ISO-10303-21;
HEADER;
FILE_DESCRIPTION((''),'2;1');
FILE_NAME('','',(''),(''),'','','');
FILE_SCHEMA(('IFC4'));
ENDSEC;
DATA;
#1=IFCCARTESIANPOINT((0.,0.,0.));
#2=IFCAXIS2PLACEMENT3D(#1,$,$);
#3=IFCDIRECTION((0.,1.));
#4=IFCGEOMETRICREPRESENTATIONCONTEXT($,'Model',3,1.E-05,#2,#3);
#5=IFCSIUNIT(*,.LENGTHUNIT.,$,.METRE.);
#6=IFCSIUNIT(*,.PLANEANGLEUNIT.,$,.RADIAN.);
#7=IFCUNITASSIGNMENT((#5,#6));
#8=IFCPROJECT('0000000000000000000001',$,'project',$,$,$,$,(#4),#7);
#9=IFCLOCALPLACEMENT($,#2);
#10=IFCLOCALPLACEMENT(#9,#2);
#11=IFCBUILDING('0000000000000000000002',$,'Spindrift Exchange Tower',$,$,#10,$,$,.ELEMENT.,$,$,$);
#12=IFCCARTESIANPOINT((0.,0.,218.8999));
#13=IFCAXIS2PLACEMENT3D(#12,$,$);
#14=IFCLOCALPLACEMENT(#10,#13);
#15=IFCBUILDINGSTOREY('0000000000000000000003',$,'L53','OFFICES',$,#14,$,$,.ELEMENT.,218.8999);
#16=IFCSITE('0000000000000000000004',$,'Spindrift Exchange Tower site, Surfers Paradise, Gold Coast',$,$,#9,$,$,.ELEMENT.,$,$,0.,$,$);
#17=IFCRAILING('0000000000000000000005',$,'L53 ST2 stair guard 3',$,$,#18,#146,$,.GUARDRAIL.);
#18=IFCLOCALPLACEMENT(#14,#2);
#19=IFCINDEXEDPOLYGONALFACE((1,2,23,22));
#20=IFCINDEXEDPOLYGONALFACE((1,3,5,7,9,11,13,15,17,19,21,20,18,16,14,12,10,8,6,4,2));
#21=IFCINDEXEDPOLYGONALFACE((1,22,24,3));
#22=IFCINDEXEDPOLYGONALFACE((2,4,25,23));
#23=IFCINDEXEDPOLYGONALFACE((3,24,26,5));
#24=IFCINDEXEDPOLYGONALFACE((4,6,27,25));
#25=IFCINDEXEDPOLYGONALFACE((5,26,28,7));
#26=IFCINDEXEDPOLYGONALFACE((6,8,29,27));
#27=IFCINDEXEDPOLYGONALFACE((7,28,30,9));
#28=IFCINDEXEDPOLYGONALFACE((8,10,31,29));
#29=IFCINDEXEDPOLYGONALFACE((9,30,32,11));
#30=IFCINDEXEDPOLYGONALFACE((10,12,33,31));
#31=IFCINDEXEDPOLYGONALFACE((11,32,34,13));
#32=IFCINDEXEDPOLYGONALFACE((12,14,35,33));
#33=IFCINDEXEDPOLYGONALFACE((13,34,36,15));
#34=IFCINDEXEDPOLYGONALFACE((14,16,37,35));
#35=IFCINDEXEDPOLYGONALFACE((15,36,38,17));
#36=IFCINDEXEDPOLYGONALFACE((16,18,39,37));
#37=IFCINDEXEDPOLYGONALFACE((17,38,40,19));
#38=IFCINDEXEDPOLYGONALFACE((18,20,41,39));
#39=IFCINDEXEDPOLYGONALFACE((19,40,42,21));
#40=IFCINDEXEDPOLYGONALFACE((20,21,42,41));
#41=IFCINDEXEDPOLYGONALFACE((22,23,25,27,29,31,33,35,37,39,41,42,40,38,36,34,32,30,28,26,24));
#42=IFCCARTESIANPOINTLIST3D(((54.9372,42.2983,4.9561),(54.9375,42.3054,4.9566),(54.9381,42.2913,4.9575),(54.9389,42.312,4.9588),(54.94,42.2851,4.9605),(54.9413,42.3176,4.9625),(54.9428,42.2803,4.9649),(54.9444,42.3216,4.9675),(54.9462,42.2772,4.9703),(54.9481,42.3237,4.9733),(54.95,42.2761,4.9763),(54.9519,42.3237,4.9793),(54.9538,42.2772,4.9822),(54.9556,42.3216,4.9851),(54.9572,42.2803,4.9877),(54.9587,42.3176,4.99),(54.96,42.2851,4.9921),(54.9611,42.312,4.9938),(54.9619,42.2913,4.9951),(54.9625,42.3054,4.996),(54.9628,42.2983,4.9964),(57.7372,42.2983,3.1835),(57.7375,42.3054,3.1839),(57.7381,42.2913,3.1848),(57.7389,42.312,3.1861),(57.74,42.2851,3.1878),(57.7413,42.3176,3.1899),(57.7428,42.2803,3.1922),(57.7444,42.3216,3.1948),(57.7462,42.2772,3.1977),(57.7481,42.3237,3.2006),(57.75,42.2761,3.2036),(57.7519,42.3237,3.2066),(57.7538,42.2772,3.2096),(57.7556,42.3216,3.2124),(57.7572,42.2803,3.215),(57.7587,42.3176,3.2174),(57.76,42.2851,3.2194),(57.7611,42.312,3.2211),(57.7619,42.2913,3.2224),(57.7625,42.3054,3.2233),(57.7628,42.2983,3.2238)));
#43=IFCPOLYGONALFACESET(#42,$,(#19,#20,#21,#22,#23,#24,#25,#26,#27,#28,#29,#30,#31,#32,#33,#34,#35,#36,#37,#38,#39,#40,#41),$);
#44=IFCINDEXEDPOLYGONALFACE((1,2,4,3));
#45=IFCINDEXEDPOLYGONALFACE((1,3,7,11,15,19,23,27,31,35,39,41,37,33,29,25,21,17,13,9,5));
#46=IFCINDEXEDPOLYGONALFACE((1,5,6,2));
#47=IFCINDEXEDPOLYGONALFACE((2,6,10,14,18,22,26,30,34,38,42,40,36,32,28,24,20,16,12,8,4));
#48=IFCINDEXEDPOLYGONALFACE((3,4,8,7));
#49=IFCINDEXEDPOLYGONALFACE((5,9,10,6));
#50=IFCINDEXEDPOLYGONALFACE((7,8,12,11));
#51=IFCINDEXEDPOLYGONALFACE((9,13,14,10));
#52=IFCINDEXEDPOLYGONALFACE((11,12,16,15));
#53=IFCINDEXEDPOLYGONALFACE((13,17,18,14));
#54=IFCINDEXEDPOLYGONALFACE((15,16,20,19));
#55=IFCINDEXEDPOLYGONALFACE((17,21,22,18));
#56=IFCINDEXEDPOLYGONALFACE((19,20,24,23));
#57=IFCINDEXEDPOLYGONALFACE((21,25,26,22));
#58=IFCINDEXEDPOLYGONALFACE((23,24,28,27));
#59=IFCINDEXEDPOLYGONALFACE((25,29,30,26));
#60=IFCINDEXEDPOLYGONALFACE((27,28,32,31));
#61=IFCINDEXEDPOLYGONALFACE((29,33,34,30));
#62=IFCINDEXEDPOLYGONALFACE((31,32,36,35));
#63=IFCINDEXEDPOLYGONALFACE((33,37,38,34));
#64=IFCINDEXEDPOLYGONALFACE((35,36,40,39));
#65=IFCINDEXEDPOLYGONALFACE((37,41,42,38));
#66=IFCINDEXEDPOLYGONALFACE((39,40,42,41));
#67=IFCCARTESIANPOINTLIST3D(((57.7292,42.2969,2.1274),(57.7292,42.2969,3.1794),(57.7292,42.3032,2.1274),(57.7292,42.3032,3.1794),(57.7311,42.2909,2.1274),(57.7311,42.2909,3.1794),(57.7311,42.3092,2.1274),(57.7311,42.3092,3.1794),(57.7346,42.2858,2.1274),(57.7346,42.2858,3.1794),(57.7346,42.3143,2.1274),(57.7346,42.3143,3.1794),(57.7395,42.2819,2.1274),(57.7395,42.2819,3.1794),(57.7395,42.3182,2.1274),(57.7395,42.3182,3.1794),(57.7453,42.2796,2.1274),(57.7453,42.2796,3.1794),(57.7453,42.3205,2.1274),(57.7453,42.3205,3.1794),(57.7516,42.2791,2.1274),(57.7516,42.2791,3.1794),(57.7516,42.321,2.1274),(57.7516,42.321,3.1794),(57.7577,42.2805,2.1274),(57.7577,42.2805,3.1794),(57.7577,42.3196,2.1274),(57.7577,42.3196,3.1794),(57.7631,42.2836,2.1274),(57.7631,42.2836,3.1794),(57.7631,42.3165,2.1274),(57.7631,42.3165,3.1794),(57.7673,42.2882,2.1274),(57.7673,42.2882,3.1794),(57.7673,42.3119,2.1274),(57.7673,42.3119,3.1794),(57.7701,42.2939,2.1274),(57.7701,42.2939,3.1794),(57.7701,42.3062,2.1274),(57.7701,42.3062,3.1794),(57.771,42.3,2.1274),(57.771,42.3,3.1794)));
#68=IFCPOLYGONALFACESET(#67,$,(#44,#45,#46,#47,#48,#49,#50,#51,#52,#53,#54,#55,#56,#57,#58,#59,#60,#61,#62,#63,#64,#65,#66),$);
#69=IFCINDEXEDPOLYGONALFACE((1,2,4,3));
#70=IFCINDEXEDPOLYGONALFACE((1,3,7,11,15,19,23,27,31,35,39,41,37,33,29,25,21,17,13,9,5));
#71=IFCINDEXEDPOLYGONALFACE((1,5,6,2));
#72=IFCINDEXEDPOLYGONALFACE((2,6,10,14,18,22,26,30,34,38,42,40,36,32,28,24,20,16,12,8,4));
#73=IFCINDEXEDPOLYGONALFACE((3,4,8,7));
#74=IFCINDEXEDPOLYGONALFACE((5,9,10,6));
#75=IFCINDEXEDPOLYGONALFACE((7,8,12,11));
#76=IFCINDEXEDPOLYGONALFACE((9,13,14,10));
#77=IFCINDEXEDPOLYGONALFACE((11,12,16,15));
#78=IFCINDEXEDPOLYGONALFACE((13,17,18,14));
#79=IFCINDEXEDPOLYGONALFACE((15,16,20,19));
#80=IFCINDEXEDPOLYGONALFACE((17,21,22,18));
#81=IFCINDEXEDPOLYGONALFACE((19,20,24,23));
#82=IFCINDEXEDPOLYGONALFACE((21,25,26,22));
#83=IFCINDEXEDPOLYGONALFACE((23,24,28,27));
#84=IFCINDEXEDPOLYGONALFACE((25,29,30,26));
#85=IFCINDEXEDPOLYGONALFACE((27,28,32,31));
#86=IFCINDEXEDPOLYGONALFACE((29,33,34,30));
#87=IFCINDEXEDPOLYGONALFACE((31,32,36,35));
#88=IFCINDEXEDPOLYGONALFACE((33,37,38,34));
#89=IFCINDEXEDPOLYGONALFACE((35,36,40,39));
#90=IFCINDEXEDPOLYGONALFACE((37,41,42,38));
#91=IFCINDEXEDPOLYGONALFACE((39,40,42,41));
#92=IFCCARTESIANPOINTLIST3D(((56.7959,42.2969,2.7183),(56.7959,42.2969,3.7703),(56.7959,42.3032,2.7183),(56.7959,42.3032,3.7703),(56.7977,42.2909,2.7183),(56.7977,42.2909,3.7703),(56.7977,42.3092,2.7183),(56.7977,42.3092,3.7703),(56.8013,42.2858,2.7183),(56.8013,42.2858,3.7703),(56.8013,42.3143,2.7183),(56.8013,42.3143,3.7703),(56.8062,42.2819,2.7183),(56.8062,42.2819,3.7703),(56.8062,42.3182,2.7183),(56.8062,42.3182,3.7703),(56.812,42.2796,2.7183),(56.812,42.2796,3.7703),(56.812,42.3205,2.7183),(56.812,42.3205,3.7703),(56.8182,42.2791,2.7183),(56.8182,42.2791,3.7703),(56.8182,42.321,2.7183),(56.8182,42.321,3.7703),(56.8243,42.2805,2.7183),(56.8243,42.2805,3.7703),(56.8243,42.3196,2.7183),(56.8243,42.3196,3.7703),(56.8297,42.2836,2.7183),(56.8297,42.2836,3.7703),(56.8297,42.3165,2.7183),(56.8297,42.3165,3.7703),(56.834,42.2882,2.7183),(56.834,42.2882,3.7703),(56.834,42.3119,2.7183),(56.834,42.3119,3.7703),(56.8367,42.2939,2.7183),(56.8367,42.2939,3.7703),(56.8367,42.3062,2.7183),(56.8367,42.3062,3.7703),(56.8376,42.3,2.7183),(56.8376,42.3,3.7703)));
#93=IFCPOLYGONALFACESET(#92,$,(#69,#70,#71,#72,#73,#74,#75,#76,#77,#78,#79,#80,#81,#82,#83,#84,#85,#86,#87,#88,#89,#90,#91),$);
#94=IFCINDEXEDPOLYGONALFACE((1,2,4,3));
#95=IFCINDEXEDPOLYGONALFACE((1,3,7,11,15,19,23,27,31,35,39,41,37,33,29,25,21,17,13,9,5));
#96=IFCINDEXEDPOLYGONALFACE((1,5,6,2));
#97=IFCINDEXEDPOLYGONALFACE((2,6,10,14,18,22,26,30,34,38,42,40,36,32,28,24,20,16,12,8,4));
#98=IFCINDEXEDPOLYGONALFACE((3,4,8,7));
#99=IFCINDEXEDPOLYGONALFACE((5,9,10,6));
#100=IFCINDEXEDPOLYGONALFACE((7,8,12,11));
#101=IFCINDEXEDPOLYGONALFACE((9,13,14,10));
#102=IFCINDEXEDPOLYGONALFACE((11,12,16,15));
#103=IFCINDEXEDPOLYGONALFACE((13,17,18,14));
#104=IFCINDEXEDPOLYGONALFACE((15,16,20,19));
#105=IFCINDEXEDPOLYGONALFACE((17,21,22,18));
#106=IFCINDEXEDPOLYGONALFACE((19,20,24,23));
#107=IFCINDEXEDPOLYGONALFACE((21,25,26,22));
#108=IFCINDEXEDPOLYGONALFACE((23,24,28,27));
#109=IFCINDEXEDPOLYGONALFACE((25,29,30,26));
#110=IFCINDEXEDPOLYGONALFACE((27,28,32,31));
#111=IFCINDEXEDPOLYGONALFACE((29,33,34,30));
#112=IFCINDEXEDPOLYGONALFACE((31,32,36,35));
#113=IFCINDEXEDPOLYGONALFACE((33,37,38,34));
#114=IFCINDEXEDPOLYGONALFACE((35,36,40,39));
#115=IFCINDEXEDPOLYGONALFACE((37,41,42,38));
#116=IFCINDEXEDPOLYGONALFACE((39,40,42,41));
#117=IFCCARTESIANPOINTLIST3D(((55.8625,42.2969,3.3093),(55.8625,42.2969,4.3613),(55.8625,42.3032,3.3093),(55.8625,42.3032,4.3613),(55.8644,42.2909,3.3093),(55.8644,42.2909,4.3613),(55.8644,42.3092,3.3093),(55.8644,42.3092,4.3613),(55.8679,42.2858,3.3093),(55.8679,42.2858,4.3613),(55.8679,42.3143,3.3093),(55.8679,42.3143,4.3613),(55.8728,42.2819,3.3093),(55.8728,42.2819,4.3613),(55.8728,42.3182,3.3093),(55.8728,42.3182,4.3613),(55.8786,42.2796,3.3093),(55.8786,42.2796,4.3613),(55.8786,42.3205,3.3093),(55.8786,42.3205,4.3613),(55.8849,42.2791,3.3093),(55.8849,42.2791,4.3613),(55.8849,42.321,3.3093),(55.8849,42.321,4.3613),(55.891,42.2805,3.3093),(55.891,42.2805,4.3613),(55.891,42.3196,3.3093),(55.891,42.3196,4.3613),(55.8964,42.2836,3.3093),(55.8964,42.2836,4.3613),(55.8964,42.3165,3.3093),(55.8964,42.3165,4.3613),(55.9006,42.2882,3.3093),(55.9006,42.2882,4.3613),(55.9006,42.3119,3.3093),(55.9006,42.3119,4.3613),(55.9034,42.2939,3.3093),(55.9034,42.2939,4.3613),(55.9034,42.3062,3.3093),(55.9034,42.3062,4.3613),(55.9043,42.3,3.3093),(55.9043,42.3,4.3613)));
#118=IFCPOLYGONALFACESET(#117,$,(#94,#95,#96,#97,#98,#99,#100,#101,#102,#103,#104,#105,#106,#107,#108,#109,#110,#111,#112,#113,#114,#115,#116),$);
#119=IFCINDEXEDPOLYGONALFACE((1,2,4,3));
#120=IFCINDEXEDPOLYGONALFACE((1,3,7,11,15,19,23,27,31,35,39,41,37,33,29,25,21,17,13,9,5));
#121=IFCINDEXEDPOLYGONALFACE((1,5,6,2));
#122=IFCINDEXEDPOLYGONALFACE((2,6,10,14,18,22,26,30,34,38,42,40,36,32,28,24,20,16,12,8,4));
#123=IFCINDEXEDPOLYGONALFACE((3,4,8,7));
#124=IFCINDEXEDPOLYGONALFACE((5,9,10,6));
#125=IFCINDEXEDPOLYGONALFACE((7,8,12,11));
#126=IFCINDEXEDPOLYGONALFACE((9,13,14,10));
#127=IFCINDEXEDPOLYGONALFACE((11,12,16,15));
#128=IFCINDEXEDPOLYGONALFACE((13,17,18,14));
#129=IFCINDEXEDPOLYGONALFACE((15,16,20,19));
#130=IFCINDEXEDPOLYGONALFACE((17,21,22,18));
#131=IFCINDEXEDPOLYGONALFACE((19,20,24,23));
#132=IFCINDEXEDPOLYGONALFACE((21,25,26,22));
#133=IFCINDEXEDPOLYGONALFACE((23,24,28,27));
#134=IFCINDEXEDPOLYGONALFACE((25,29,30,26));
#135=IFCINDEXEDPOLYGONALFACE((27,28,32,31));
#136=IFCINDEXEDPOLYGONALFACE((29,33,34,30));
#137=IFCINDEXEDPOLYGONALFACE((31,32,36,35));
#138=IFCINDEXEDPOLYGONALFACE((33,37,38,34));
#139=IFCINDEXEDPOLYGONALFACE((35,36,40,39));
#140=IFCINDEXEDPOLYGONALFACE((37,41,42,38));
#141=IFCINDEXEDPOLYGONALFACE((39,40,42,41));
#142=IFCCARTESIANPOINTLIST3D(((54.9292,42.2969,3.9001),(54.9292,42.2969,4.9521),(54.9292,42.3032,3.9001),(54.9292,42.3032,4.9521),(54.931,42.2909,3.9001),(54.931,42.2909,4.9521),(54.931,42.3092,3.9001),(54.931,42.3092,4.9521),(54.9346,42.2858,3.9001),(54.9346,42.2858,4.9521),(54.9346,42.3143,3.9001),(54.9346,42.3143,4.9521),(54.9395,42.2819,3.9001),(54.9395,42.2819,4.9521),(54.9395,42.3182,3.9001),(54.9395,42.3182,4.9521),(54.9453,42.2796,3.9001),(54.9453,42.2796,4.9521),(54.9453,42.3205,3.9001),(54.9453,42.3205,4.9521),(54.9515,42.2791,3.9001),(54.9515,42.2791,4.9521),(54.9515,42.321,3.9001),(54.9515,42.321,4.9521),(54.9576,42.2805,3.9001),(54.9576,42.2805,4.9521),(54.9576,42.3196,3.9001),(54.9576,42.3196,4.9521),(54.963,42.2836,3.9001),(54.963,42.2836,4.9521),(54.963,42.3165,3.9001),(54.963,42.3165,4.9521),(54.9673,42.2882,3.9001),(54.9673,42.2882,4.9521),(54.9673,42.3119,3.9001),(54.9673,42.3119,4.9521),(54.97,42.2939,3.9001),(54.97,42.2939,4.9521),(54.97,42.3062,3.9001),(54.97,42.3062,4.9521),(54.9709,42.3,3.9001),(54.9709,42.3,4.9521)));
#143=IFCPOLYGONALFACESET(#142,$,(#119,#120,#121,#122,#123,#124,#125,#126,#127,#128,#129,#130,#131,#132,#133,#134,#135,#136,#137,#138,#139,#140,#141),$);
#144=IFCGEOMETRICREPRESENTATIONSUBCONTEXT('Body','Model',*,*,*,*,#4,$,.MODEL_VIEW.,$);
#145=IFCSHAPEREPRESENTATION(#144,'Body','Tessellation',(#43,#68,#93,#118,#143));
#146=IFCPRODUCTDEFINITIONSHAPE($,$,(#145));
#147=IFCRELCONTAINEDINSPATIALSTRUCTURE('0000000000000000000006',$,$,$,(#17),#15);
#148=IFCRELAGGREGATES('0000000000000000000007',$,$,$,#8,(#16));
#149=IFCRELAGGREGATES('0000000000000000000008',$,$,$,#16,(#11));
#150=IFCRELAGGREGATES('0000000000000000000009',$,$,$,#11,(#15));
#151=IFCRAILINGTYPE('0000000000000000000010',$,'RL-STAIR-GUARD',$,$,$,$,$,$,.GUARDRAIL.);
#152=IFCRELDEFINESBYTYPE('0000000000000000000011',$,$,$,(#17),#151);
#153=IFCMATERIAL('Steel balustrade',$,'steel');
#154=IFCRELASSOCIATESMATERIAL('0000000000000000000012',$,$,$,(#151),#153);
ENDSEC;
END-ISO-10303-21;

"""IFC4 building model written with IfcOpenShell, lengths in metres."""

from ifc_helpers import new_model, si_unit, direction, frame, origin, origin_2d, place, context, subcontext, project, spatial, circle, extrude, material, type_object, element, save


model = new_model("IFC4")

# Units and contexts
model_context = context("Model", 3, precision=1e-05, world=origin(), true_north=direction((0.0, 1.0)))
body_context = subcontext(model_context, "Body", "Model", "MODEL_VIEW")
ifc_project = project(units=[si_unit("LENGTHUNIT", "METRE"), si_unit("PLANEANGLEUNIT", "RADIAN")], contexts=[model_context])

# Site, building, storey
site_placement = place(None, origin())
site = spatial("IfcSite", under=ifc_project, at=site_placement, Name="Spindrift Exchange Tower site, Surfers Paradise, Gold Coast", CompositionType="ELEMENT", RefElevation=0.0)
building_placement = place(site_placement, origin())
building = spatial("IfcBuilding", under=site, at=building_placement, Name="Spindrift Exchange Tower", CompositionType="ELEMENT")
storey_placement = place(building_placement, frame((0.0, 0.0, 218.8999)))
storey = spatial("IfcBuildingStorey", under=building, at=storey_placement, Name="L53", Description="OFFICES", CompositionType="ELEMENT", Elevation=218.8999)

# Railing
ifc_material_1 = material(Name="Steel balustrade", Category="steel")
railing_type_1 = type_object("IfcRailingType", Name="RL-STAIR-GUARD", PredefinedType="GUARDRAIL", material=ifc_material_1)
railing_1_placement = place(storey_placement, frame((57.75, 42.3, 2.1274)))
element("IfcRailing", 1, at=railing_1_placement, inside=storey, type_object=railing_type_1, Name="L53 ST2 stair guard 3", PredefinedType="GUARDRAIL", context=body_context, shape_type="SweptSolid", body=[
    extrude(circle(Radius=0.0239, at=origin_2d()), frame((0.0, 0.0, 1.0762), z_axis=(-0.844909, 0.0, 0.53491), x_axis=(0.0, -1.0, 0.0)), (0.0, 0.0, 1.0), 3.314),
    extrude(circle(Radius=0.021, at=origin_2d()), origin(), (0.0, 0.0, 1.0), 1.052),
    extrude(circle(Radius=0.021, at=origin_2d()), frame((-0.9333, 0.0, 0.5908)), (0.0, 0.0, 1.0), 1.052),
    extrude(circle(Radius=0.021, at=origin_2d()), frame((-1.8667, 0.0, 1.1819)), (0.0, 0.0, 1.0), 1.052),
    extrude(circle(Radius=0.021, at=origin_2d()), frame((-2.8, 0.0, 1.7727)), (0.0, 0.0, 1.0), 1.052),
])

save(model, "model.ifc")
